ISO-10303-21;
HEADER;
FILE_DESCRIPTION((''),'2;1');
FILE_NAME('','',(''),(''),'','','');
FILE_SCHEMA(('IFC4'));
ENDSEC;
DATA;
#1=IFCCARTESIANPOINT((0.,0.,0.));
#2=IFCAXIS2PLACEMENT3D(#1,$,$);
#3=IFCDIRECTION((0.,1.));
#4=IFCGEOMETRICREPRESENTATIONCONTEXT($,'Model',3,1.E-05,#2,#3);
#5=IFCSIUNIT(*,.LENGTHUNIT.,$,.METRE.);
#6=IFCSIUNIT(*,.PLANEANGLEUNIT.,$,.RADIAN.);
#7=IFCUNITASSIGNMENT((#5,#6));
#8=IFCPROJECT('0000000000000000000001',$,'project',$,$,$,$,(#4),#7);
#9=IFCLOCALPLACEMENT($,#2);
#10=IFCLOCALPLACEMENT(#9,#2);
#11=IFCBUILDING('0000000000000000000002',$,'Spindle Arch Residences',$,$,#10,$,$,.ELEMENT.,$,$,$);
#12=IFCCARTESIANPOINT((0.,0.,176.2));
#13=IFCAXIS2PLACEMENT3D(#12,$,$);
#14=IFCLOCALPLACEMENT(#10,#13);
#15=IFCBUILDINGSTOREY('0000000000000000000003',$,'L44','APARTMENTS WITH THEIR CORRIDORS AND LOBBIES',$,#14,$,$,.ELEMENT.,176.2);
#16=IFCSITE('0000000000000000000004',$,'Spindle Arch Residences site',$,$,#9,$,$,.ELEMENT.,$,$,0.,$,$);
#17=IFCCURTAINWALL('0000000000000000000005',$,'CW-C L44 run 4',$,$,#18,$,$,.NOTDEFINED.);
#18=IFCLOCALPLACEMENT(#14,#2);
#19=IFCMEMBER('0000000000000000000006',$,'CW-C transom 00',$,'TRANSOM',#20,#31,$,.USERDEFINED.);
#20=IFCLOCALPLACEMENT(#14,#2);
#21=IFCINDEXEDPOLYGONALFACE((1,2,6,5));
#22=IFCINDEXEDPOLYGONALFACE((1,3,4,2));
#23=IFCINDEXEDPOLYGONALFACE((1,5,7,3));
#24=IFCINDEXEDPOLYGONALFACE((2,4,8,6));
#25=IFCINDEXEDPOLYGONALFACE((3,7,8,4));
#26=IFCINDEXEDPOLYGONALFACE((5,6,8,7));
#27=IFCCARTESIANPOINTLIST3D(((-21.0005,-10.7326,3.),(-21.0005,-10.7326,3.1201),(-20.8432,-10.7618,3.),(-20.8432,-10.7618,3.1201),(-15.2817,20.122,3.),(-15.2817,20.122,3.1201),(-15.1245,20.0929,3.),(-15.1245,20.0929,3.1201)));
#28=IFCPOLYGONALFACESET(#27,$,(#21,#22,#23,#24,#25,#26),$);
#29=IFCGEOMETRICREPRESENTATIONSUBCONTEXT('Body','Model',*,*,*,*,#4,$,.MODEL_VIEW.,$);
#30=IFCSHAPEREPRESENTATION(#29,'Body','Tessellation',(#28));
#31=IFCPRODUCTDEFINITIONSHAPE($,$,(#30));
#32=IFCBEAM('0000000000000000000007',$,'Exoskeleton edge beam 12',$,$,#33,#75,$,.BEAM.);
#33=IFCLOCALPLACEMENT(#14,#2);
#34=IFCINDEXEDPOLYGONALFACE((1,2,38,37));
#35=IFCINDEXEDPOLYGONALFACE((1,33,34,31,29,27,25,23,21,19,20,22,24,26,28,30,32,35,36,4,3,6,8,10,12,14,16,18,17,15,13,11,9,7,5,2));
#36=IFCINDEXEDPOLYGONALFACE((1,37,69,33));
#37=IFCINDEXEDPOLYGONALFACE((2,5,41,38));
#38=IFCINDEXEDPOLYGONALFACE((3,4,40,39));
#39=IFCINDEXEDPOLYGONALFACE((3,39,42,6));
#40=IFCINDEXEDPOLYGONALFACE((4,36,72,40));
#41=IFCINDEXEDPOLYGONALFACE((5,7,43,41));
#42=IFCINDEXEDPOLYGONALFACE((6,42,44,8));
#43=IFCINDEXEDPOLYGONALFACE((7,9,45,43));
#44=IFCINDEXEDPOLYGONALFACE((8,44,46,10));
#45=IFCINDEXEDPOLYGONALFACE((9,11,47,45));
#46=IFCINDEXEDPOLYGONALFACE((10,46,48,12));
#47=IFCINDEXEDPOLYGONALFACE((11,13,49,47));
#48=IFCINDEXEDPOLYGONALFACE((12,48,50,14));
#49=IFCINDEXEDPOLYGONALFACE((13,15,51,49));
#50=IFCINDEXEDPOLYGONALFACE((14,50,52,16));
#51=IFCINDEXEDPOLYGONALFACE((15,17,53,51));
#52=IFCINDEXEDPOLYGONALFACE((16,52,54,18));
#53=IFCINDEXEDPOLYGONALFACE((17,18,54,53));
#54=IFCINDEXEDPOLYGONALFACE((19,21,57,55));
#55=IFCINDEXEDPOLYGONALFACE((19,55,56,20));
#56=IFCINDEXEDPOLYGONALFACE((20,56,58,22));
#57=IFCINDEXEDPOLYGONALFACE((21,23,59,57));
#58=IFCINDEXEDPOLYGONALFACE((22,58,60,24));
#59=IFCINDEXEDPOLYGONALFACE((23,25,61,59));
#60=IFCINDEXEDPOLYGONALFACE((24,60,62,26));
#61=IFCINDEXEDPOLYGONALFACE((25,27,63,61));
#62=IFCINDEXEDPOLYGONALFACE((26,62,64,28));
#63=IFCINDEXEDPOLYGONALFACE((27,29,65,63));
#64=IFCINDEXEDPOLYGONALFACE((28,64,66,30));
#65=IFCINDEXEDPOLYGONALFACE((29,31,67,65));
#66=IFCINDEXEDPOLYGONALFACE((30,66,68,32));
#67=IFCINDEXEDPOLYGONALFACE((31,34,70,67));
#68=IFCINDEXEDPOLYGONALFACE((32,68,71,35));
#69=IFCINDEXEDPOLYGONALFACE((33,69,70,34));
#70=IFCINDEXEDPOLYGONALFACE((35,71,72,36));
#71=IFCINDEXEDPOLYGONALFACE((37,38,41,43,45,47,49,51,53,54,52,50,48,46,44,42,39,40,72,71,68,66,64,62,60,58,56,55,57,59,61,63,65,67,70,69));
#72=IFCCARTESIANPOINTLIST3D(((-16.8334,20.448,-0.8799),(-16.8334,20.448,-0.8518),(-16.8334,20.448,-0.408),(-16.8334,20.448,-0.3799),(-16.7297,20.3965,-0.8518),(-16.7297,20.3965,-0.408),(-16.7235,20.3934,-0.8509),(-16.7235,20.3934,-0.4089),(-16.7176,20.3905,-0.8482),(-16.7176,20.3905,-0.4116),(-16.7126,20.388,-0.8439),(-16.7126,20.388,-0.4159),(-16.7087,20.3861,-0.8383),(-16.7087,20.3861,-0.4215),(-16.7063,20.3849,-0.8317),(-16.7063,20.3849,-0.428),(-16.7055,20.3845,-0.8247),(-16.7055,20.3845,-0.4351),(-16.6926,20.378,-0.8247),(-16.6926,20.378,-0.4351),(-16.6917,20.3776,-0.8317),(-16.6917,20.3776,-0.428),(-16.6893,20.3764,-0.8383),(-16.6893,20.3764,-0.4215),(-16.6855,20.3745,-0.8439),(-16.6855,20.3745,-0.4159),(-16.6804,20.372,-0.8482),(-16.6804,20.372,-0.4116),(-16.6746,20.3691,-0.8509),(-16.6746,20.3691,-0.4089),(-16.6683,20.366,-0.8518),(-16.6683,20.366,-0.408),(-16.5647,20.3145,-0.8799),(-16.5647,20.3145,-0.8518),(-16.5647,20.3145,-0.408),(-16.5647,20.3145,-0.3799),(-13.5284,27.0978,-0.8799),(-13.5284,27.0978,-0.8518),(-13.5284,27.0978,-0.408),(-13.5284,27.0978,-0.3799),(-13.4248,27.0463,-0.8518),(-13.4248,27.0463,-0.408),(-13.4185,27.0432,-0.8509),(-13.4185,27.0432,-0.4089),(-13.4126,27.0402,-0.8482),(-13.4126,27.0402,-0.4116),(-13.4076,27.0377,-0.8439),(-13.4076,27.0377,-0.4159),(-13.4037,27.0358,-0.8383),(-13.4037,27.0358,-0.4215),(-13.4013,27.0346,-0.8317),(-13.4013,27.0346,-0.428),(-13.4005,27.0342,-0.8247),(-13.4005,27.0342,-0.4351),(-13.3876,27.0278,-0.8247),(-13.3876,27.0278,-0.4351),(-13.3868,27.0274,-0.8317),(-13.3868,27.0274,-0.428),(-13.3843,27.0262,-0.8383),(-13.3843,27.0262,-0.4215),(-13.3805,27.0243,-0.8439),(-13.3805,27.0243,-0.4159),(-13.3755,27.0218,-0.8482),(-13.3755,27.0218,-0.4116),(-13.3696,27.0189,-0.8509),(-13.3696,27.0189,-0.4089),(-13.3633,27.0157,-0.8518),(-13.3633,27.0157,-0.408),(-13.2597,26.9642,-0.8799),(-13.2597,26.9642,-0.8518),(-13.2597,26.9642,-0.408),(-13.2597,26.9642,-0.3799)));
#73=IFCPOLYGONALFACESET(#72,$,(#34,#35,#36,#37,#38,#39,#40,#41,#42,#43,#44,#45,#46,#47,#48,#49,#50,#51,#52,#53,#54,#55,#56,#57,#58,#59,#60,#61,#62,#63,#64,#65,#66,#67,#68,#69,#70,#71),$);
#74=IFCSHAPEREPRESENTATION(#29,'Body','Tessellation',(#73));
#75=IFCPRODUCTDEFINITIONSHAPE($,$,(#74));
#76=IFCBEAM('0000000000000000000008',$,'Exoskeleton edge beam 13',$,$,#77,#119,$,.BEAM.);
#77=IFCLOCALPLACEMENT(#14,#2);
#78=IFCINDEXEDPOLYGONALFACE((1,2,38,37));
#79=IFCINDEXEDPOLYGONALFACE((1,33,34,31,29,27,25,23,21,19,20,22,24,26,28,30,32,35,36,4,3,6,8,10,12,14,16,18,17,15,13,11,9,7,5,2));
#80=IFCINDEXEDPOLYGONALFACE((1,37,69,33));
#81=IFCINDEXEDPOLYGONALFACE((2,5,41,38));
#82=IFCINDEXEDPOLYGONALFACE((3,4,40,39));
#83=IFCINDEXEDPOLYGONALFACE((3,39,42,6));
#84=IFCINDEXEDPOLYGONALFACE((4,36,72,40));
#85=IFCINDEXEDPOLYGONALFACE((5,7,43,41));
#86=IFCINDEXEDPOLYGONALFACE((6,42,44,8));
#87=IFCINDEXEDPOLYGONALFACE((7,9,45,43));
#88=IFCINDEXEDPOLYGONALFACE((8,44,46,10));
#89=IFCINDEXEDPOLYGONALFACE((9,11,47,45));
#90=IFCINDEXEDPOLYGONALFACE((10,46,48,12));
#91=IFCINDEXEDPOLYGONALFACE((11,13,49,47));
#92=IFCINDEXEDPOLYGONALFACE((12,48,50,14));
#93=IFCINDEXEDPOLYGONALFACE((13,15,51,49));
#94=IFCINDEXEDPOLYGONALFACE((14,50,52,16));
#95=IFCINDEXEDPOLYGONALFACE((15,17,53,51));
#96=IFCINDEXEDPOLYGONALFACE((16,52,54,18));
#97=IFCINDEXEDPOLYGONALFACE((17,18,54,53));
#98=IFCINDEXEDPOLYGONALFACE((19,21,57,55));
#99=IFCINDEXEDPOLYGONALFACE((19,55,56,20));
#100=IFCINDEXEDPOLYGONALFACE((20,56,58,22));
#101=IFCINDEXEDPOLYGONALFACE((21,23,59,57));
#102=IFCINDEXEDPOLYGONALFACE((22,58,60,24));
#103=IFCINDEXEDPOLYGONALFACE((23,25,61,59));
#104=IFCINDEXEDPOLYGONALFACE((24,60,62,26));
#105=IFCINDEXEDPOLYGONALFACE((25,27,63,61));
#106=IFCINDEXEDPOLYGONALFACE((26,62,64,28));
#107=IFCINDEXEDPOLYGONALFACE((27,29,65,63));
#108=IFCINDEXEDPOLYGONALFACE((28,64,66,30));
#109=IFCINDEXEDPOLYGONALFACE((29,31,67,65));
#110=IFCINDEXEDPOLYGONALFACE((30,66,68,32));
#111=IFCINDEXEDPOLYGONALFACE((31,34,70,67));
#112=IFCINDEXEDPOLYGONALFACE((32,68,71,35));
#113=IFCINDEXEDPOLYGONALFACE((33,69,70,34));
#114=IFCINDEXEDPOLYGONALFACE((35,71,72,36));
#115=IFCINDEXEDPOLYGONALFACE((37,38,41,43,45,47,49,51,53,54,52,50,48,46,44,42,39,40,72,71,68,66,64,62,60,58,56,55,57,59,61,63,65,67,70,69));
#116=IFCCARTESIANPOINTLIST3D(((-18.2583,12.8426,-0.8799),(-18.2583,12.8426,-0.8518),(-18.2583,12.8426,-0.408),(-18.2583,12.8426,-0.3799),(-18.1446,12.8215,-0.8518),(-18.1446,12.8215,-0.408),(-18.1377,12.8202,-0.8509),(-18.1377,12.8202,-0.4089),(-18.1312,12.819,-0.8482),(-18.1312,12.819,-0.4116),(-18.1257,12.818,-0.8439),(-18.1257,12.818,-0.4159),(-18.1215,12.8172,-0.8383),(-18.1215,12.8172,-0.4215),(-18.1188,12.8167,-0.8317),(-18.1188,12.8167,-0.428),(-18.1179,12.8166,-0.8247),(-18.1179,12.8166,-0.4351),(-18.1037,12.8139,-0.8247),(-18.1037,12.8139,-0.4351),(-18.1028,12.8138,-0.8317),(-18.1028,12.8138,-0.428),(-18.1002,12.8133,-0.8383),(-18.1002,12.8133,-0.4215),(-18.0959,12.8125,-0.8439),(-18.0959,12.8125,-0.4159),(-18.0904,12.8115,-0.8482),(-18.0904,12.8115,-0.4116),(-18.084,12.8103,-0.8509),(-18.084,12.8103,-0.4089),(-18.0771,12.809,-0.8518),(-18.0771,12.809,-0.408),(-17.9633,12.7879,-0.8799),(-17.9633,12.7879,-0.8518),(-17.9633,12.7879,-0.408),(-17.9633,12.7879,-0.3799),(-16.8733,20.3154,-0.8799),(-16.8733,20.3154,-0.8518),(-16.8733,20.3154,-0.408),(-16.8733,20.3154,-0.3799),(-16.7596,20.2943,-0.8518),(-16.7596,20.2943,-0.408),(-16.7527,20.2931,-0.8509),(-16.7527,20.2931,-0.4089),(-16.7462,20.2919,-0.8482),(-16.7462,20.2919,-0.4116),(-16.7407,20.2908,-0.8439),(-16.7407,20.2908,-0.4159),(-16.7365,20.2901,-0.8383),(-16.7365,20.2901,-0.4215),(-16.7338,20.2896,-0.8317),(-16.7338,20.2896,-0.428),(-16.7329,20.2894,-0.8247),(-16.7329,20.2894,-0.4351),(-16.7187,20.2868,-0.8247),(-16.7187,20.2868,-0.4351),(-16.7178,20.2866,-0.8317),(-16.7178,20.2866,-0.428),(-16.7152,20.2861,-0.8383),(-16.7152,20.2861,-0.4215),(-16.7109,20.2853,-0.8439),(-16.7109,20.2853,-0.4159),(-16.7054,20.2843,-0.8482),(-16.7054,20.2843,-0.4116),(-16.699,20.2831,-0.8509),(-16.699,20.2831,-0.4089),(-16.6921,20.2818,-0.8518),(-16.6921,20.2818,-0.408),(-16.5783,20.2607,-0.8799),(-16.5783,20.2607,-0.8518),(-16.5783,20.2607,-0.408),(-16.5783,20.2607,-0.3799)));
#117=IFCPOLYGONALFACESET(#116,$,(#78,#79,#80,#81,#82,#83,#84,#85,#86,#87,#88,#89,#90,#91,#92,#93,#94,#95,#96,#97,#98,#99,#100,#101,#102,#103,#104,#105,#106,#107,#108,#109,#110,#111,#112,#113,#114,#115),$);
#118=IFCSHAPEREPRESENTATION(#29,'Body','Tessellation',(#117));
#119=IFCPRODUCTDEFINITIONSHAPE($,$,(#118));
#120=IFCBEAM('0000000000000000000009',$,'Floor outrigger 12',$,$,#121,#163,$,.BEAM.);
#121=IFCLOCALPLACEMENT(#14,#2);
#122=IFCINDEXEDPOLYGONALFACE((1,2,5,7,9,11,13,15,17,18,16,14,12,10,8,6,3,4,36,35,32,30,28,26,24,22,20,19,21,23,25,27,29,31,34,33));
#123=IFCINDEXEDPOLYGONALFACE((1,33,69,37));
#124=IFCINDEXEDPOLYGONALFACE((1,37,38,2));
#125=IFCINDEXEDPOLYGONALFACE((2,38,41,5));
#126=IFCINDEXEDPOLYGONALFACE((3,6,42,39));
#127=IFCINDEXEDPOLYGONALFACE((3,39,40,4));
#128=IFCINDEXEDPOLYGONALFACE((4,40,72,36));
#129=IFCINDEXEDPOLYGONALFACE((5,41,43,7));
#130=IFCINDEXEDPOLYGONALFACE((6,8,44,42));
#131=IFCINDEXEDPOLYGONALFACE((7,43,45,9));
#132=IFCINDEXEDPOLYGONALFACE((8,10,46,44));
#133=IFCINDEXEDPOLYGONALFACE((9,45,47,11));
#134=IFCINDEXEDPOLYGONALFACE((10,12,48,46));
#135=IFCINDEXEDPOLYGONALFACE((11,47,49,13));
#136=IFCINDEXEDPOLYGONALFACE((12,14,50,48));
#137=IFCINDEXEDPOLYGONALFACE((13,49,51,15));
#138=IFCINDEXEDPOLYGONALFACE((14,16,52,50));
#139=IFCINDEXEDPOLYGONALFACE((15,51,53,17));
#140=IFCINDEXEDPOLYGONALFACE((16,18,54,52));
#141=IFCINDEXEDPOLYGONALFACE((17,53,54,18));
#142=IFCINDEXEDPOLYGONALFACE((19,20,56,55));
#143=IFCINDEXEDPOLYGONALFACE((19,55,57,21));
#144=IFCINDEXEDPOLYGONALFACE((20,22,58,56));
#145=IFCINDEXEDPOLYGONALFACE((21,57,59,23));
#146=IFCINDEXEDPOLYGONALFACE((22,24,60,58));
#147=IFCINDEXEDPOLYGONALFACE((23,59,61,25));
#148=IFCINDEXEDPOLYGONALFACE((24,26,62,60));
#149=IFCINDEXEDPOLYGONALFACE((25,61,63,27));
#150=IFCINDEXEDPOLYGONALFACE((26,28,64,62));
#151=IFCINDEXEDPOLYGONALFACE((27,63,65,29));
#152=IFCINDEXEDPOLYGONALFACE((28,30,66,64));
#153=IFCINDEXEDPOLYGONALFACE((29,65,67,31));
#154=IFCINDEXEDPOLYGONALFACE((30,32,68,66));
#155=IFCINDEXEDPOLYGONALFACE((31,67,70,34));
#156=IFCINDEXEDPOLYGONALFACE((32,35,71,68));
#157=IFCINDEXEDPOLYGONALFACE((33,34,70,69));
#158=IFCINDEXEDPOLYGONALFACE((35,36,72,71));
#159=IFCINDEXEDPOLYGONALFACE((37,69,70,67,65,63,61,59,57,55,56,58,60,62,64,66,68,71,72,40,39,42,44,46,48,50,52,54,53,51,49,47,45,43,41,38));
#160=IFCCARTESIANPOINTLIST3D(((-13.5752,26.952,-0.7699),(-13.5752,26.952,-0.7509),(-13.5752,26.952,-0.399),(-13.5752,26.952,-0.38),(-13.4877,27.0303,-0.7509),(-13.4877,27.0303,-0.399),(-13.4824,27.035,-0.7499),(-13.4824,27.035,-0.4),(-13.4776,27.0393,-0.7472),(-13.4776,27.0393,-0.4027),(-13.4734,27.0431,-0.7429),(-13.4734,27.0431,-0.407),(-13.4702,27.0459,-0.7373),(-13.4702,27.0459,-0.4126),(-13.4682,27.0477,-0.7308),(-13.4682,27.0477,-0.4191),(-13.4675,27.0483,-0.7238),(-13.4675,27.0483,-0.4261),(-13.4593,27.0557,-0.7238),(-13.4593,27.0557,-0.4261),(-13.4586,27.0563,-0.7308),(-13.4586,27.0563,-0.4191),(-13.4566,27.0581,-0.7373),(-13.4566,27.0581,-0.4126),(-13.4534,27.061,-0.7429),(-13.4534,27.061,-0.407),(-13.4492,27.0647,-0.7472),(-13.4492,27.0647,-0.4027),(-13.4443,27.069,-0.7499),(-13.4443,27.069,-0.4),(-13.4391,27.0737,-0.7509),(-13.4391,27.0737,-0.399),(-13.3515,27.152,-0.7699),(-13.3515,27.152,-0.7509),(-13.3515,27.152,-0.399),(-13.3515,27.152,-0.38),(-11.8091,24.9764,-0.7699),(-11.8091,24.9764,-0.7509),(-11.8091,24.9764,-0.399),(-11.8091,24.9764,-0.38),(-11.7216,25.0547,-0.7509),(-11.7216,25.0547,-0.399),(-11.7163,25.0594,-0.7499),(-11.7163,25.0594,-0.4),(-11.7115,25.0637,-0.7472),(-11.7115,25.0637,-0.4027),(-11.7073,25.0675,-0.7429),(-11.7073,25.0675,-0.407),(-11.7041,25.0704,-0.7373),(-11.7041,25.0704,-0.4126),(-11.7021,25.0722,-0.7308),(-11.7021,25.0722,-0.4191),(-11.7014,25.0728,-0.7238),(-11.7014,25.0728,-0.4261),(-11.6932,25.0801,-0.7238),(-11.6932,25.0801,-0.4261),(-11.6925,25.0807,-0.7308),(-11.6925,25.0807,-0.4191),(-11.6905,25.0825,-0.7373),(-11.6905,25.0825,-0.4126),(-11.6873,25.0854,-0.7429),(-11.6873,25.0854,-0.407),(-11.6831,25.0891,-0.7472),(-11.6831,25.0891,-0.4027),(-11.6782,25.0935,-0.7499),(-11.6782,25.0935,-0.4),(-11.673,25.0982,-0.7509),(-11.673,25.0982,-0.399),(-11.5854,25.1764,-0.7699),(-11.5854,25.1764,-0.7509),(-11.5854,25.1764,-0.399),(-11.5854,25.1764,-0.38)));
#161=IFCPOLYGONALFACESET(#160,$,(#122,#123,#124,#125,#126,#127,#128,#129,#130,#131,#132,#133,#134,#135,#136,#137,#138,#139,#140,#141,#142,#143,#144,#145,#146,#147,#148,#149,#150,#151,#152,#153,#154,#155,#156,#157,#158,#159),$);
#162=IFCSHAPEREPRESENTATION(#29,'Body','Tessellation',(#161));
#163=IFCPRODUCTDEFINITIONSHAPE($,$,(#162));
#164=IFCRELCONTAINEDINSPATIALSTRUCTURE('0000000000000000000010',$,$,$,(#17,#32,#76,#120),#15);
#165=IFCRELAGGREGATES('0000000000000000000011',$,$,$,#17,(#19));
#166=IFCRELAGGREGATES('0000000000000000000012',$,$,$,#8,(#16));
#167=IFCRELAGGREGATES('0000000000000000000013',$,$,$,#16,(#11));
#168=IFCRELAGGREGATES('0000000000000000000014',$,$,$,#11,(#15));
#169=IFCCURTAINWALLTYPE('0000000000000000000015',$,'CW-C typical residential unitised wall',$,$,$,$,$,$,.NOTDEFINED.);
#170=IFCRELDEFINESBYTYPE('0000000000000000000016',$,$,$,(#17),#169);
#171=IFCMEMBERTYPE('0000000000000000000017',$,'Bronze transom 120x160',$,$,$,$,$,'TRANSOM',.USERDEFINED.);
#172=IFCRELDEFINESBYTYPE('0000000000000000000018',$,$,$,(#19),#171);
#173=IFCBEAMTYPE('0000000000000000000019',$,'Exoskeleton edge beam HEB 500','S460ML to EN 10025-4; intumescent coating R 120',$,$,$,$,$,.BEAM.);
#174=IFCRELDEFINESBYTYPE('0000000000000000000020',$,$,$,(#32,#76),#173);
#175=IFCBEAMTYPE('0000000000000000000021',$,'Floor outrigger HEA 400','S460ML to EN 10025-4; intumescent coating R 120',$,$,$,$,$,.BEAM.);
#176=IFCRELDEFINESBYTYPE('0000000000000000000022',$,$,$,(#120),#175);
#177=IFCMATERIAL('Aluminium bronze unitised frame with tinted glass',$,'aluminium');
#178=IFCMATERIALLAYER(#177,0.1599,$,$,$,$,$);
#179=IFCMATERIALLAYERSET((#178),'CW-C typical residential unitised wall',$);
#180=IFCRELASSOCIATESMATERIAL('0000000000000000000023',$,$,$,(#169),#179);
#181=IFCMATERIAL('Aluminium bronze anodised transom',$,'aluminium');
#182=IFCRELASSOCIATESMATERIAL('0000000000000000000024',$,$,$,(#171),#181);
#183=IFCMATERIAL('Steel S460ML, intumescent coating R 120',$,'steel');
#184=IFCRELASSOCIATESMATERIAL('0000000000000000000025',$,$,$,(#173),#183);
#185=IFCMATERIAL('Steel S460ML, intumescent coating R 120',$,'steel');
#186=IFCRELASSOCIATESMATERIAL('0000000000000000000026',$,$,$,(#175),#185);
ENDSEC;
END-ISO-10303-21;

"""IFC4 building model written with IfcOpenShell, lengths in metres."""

from ifc_helpers import new_model, si_unit, direction, frame, origin, origin_2d, place, context, subcontext, project, spatial, rectangle, i_section, extrude, material, layer, layer_set, material_profile, profile_set, type_object, element, aggregate, save


model = new_model("IFC4")

# Units and contexts
model_context = context("Model", 3, precision=1e-05, world=origin(), true_north=direction((0.0, 1.0)))
body_context = subcontext(model_context, "Body", "Model", "MODEL_VIEW")
ifc_project = project(units=[si_unit("LENGTHUNIT", "METRE"), si_unit("PLANEANGLEUNIT", "RADIAN")], contexts=[model_context])

# Site, building, storey
site_placement = place(None, origin())
site = spatial("IfcSite", under=ifc_project, at=site_placement, Name="Spindle Arch Residences site", CompositionType="ELEMENT", RefElevation=0.0)
building_placement = place(site_placement, origin())
building = spatial("IfcBuilding", under=site, at=building_placement, Name="Spindle Arch Residences", CompositionType="ELEMENT")
storey_placement = place(building_placement, frame((0.0, 0.0, 176.2)))
storey = spatial("IfcBuildingStorey", under=building, at=storey_placement, Name="L44", Description="APARTMENTS WITH THEIR CORRIDORS AND LOBBIES", CompositionType="ELEMENT", Elevation=176.2)

# Curtain wall
ifc_material_1 = material(Name="Aluminium bronze unitised frame with tinted glass", Category="aluminium")
ifc_layer_1 = layer(ifc_material_1, 0.1599)
ifc_layer_set_1 = layer_set([ifc_layer_1], Name="CW-C typical residential unitised wall")
curtain_wall_type_1 = type_object("IfcCurtainWallType", Name="CW-C typical residential unitised wall", PredefinedType="NOTDEFINED", material=ifc_layer_set_1)
curtain_wall_1_placement = place(storey_placement, origin())
curtain_wall_1 = element("IfcCurtainWall", 1, at=curtain_wall_1_placement, inside=storey, type_object=curtain_wall_type_1, Name="CW-C L44 run 4", PredefinedType="NOTDEFINED")

# Member
ifc_material_2 = material(Name="Aluminium bronze anodised transom", Category="aluminium")
ifc_material_profile_1 = material_profile(ifc_material_2, rectangle(XDim=0.1599, YDim=0.1201, at=origin_2d()), Name="TR 120x160")
ifc_profile_set_1 = profile_set([ifc_material_profile_1], Name="Aluminium bronze anodised transom")
member_type_1 = type_object("IfcMemberType", Name="Bronze transom 120x160", ElementType="TRANSOM", PredefinedType="USERDEFINED", material=ifc_profile_set_1)
member_1_placement = place(storey_placement, frame((-15.2031, 20.1074, 3.0601), z_axis=(-0.182241, -0.983254, 0.0), x_axis=(0.983254, -0.182241, 0.0)))
member_1 = element("IfcMember", 2, at=member_1_placement, type_object=member_type_1, Name="CW-C transom 00", ObjectType="TRANSOM", PredefinedType="USERDEFINED", context=body_context, shape_type="SweptSolid", body=[
    extrude(rectangle(XDim=0.1599, YDim=0.1201, at=origin_2d()), origin(), (0.0, 0.0, 1.0), 31.3801),
])

# Beams
ifc_material_3 = material(Name="Steel S460ML, intumescent coating R 120", Category="steel")
ifc_material_profile_2 = material_profile(ifc_material_3, i_section(OverallWidth=0.3, OverallDepth=0.5, WebThickness=0.0144, FlangeThickness=0.0281, FilletRadius=0.0271, at=origin_2d()), Name="HEB 500")
ifc_profile_set_2 = profile_set([ifc_material_profile_2], Name="Steel S460ML, intumescent coating R 120")
beam_type_1 = type_object("IfcBeamType", Name="Exoskeleton edge beam HEB 500", Description="S460ML to EN 10025-4; intumescent coating R 120", PredefinedType="BEAM", material=ifc_profile_set_2)
beam_1_placement = place(storey_placement, frame((-13.394, 27.031, -0.6299), z_axis=(-0.445069, -0.895496, 0.0), x_axis=(0.895496, -0.445069, 0.0)))
element("IfcBeam", 3, at=beam_1_placement, inside=storey, type_object=beam_type_1, Name="Exoskeleton edge beam 12", PredefinedType="BEAM", context=body_context, shape_type="SweptSolid", body=[
    extrude(i_section(OverallWidth=0.3, OverallDepth=0.5, WebThickness=0.0144, FlangeThickness=0.0281, FilletRadius=0.0271, at=origin_2d()), origin(), (0.0, 0.0, 1.0), 7.4258),
])
beam_2_placement = place(storey_placement, frame((-16.7258, 20.2881, -0.6299), z_axis=(-0.182234, -0.983255, 0.0), x_axis=(0.983255, -0.182234, 0.0)))
element("IfcBeam", 4, at=beam_2_placement, inside=storey, type_object=beam_type_1, Name="Exoskeleton edge beam 13", PredefinedType="BEAM", context=body_context, shape_type="SweptSolid", body=[
    extrude(i_section(OverallWidth=0.3, OverallDepth=0.5, WebThickness=0.0144, FlangeThickness=0.0281, FilletRadius=0.0271, at=origin_2d()), origin(), (0.0, 0.0, 1.0), 7.6001),
])
ifc_material_4 = material(Name="Steel S460ML, intumescent coating R 120", Category="steel")
ifc_material_profile_3 = material_profile(ifc_material_4, i_section(OverallWidth=0.3, OverallDepth=0.3899, WebThickness=0.011, FlangeThickness=0.019, FilletRadius=0.0271, at=origin_2d()), Name="HEA 400")
ifc_profile_set_3 = profile_set([ifc_material_profile_3], Name="Steel S460ML, intumescent coating R 120")
beam_type_2 = type_object("IfcBeamType", Name="Floor outrigger HEA 400", Description="S460ML to EN 10025-4; intumescent coating R 120", PredefinedType="BEAM", material=ifc_profile_set_3)
beam_3_placement = place(storey_placement, frame((-13.4634, 27.052, -0.575), z_axis=(0.666477, -0.745526, 0.0), x_axis=(0.745526, 0.666477, 0.0)))
element("IfcBeam", 5, at=beam_3_placement, inside=storey, type_object=beam_type_2, Name="Floor outrigger 12", PredefinedType="BEAM", context=body_context, shape_type="SweptSolid", body=[
    extrude(i_section(OverallWidth=0.3, OverallDepth=0.3899, WebThickness=0.011, FlangeThickness=0.019, FilletRadius=0.0271, at=origin_2d()), origin(), (0.0, 0.0, 1.0), 2.6499),
])

aggregate(curtain_wall_1, [member_1])

save(model, "model.ifc")
